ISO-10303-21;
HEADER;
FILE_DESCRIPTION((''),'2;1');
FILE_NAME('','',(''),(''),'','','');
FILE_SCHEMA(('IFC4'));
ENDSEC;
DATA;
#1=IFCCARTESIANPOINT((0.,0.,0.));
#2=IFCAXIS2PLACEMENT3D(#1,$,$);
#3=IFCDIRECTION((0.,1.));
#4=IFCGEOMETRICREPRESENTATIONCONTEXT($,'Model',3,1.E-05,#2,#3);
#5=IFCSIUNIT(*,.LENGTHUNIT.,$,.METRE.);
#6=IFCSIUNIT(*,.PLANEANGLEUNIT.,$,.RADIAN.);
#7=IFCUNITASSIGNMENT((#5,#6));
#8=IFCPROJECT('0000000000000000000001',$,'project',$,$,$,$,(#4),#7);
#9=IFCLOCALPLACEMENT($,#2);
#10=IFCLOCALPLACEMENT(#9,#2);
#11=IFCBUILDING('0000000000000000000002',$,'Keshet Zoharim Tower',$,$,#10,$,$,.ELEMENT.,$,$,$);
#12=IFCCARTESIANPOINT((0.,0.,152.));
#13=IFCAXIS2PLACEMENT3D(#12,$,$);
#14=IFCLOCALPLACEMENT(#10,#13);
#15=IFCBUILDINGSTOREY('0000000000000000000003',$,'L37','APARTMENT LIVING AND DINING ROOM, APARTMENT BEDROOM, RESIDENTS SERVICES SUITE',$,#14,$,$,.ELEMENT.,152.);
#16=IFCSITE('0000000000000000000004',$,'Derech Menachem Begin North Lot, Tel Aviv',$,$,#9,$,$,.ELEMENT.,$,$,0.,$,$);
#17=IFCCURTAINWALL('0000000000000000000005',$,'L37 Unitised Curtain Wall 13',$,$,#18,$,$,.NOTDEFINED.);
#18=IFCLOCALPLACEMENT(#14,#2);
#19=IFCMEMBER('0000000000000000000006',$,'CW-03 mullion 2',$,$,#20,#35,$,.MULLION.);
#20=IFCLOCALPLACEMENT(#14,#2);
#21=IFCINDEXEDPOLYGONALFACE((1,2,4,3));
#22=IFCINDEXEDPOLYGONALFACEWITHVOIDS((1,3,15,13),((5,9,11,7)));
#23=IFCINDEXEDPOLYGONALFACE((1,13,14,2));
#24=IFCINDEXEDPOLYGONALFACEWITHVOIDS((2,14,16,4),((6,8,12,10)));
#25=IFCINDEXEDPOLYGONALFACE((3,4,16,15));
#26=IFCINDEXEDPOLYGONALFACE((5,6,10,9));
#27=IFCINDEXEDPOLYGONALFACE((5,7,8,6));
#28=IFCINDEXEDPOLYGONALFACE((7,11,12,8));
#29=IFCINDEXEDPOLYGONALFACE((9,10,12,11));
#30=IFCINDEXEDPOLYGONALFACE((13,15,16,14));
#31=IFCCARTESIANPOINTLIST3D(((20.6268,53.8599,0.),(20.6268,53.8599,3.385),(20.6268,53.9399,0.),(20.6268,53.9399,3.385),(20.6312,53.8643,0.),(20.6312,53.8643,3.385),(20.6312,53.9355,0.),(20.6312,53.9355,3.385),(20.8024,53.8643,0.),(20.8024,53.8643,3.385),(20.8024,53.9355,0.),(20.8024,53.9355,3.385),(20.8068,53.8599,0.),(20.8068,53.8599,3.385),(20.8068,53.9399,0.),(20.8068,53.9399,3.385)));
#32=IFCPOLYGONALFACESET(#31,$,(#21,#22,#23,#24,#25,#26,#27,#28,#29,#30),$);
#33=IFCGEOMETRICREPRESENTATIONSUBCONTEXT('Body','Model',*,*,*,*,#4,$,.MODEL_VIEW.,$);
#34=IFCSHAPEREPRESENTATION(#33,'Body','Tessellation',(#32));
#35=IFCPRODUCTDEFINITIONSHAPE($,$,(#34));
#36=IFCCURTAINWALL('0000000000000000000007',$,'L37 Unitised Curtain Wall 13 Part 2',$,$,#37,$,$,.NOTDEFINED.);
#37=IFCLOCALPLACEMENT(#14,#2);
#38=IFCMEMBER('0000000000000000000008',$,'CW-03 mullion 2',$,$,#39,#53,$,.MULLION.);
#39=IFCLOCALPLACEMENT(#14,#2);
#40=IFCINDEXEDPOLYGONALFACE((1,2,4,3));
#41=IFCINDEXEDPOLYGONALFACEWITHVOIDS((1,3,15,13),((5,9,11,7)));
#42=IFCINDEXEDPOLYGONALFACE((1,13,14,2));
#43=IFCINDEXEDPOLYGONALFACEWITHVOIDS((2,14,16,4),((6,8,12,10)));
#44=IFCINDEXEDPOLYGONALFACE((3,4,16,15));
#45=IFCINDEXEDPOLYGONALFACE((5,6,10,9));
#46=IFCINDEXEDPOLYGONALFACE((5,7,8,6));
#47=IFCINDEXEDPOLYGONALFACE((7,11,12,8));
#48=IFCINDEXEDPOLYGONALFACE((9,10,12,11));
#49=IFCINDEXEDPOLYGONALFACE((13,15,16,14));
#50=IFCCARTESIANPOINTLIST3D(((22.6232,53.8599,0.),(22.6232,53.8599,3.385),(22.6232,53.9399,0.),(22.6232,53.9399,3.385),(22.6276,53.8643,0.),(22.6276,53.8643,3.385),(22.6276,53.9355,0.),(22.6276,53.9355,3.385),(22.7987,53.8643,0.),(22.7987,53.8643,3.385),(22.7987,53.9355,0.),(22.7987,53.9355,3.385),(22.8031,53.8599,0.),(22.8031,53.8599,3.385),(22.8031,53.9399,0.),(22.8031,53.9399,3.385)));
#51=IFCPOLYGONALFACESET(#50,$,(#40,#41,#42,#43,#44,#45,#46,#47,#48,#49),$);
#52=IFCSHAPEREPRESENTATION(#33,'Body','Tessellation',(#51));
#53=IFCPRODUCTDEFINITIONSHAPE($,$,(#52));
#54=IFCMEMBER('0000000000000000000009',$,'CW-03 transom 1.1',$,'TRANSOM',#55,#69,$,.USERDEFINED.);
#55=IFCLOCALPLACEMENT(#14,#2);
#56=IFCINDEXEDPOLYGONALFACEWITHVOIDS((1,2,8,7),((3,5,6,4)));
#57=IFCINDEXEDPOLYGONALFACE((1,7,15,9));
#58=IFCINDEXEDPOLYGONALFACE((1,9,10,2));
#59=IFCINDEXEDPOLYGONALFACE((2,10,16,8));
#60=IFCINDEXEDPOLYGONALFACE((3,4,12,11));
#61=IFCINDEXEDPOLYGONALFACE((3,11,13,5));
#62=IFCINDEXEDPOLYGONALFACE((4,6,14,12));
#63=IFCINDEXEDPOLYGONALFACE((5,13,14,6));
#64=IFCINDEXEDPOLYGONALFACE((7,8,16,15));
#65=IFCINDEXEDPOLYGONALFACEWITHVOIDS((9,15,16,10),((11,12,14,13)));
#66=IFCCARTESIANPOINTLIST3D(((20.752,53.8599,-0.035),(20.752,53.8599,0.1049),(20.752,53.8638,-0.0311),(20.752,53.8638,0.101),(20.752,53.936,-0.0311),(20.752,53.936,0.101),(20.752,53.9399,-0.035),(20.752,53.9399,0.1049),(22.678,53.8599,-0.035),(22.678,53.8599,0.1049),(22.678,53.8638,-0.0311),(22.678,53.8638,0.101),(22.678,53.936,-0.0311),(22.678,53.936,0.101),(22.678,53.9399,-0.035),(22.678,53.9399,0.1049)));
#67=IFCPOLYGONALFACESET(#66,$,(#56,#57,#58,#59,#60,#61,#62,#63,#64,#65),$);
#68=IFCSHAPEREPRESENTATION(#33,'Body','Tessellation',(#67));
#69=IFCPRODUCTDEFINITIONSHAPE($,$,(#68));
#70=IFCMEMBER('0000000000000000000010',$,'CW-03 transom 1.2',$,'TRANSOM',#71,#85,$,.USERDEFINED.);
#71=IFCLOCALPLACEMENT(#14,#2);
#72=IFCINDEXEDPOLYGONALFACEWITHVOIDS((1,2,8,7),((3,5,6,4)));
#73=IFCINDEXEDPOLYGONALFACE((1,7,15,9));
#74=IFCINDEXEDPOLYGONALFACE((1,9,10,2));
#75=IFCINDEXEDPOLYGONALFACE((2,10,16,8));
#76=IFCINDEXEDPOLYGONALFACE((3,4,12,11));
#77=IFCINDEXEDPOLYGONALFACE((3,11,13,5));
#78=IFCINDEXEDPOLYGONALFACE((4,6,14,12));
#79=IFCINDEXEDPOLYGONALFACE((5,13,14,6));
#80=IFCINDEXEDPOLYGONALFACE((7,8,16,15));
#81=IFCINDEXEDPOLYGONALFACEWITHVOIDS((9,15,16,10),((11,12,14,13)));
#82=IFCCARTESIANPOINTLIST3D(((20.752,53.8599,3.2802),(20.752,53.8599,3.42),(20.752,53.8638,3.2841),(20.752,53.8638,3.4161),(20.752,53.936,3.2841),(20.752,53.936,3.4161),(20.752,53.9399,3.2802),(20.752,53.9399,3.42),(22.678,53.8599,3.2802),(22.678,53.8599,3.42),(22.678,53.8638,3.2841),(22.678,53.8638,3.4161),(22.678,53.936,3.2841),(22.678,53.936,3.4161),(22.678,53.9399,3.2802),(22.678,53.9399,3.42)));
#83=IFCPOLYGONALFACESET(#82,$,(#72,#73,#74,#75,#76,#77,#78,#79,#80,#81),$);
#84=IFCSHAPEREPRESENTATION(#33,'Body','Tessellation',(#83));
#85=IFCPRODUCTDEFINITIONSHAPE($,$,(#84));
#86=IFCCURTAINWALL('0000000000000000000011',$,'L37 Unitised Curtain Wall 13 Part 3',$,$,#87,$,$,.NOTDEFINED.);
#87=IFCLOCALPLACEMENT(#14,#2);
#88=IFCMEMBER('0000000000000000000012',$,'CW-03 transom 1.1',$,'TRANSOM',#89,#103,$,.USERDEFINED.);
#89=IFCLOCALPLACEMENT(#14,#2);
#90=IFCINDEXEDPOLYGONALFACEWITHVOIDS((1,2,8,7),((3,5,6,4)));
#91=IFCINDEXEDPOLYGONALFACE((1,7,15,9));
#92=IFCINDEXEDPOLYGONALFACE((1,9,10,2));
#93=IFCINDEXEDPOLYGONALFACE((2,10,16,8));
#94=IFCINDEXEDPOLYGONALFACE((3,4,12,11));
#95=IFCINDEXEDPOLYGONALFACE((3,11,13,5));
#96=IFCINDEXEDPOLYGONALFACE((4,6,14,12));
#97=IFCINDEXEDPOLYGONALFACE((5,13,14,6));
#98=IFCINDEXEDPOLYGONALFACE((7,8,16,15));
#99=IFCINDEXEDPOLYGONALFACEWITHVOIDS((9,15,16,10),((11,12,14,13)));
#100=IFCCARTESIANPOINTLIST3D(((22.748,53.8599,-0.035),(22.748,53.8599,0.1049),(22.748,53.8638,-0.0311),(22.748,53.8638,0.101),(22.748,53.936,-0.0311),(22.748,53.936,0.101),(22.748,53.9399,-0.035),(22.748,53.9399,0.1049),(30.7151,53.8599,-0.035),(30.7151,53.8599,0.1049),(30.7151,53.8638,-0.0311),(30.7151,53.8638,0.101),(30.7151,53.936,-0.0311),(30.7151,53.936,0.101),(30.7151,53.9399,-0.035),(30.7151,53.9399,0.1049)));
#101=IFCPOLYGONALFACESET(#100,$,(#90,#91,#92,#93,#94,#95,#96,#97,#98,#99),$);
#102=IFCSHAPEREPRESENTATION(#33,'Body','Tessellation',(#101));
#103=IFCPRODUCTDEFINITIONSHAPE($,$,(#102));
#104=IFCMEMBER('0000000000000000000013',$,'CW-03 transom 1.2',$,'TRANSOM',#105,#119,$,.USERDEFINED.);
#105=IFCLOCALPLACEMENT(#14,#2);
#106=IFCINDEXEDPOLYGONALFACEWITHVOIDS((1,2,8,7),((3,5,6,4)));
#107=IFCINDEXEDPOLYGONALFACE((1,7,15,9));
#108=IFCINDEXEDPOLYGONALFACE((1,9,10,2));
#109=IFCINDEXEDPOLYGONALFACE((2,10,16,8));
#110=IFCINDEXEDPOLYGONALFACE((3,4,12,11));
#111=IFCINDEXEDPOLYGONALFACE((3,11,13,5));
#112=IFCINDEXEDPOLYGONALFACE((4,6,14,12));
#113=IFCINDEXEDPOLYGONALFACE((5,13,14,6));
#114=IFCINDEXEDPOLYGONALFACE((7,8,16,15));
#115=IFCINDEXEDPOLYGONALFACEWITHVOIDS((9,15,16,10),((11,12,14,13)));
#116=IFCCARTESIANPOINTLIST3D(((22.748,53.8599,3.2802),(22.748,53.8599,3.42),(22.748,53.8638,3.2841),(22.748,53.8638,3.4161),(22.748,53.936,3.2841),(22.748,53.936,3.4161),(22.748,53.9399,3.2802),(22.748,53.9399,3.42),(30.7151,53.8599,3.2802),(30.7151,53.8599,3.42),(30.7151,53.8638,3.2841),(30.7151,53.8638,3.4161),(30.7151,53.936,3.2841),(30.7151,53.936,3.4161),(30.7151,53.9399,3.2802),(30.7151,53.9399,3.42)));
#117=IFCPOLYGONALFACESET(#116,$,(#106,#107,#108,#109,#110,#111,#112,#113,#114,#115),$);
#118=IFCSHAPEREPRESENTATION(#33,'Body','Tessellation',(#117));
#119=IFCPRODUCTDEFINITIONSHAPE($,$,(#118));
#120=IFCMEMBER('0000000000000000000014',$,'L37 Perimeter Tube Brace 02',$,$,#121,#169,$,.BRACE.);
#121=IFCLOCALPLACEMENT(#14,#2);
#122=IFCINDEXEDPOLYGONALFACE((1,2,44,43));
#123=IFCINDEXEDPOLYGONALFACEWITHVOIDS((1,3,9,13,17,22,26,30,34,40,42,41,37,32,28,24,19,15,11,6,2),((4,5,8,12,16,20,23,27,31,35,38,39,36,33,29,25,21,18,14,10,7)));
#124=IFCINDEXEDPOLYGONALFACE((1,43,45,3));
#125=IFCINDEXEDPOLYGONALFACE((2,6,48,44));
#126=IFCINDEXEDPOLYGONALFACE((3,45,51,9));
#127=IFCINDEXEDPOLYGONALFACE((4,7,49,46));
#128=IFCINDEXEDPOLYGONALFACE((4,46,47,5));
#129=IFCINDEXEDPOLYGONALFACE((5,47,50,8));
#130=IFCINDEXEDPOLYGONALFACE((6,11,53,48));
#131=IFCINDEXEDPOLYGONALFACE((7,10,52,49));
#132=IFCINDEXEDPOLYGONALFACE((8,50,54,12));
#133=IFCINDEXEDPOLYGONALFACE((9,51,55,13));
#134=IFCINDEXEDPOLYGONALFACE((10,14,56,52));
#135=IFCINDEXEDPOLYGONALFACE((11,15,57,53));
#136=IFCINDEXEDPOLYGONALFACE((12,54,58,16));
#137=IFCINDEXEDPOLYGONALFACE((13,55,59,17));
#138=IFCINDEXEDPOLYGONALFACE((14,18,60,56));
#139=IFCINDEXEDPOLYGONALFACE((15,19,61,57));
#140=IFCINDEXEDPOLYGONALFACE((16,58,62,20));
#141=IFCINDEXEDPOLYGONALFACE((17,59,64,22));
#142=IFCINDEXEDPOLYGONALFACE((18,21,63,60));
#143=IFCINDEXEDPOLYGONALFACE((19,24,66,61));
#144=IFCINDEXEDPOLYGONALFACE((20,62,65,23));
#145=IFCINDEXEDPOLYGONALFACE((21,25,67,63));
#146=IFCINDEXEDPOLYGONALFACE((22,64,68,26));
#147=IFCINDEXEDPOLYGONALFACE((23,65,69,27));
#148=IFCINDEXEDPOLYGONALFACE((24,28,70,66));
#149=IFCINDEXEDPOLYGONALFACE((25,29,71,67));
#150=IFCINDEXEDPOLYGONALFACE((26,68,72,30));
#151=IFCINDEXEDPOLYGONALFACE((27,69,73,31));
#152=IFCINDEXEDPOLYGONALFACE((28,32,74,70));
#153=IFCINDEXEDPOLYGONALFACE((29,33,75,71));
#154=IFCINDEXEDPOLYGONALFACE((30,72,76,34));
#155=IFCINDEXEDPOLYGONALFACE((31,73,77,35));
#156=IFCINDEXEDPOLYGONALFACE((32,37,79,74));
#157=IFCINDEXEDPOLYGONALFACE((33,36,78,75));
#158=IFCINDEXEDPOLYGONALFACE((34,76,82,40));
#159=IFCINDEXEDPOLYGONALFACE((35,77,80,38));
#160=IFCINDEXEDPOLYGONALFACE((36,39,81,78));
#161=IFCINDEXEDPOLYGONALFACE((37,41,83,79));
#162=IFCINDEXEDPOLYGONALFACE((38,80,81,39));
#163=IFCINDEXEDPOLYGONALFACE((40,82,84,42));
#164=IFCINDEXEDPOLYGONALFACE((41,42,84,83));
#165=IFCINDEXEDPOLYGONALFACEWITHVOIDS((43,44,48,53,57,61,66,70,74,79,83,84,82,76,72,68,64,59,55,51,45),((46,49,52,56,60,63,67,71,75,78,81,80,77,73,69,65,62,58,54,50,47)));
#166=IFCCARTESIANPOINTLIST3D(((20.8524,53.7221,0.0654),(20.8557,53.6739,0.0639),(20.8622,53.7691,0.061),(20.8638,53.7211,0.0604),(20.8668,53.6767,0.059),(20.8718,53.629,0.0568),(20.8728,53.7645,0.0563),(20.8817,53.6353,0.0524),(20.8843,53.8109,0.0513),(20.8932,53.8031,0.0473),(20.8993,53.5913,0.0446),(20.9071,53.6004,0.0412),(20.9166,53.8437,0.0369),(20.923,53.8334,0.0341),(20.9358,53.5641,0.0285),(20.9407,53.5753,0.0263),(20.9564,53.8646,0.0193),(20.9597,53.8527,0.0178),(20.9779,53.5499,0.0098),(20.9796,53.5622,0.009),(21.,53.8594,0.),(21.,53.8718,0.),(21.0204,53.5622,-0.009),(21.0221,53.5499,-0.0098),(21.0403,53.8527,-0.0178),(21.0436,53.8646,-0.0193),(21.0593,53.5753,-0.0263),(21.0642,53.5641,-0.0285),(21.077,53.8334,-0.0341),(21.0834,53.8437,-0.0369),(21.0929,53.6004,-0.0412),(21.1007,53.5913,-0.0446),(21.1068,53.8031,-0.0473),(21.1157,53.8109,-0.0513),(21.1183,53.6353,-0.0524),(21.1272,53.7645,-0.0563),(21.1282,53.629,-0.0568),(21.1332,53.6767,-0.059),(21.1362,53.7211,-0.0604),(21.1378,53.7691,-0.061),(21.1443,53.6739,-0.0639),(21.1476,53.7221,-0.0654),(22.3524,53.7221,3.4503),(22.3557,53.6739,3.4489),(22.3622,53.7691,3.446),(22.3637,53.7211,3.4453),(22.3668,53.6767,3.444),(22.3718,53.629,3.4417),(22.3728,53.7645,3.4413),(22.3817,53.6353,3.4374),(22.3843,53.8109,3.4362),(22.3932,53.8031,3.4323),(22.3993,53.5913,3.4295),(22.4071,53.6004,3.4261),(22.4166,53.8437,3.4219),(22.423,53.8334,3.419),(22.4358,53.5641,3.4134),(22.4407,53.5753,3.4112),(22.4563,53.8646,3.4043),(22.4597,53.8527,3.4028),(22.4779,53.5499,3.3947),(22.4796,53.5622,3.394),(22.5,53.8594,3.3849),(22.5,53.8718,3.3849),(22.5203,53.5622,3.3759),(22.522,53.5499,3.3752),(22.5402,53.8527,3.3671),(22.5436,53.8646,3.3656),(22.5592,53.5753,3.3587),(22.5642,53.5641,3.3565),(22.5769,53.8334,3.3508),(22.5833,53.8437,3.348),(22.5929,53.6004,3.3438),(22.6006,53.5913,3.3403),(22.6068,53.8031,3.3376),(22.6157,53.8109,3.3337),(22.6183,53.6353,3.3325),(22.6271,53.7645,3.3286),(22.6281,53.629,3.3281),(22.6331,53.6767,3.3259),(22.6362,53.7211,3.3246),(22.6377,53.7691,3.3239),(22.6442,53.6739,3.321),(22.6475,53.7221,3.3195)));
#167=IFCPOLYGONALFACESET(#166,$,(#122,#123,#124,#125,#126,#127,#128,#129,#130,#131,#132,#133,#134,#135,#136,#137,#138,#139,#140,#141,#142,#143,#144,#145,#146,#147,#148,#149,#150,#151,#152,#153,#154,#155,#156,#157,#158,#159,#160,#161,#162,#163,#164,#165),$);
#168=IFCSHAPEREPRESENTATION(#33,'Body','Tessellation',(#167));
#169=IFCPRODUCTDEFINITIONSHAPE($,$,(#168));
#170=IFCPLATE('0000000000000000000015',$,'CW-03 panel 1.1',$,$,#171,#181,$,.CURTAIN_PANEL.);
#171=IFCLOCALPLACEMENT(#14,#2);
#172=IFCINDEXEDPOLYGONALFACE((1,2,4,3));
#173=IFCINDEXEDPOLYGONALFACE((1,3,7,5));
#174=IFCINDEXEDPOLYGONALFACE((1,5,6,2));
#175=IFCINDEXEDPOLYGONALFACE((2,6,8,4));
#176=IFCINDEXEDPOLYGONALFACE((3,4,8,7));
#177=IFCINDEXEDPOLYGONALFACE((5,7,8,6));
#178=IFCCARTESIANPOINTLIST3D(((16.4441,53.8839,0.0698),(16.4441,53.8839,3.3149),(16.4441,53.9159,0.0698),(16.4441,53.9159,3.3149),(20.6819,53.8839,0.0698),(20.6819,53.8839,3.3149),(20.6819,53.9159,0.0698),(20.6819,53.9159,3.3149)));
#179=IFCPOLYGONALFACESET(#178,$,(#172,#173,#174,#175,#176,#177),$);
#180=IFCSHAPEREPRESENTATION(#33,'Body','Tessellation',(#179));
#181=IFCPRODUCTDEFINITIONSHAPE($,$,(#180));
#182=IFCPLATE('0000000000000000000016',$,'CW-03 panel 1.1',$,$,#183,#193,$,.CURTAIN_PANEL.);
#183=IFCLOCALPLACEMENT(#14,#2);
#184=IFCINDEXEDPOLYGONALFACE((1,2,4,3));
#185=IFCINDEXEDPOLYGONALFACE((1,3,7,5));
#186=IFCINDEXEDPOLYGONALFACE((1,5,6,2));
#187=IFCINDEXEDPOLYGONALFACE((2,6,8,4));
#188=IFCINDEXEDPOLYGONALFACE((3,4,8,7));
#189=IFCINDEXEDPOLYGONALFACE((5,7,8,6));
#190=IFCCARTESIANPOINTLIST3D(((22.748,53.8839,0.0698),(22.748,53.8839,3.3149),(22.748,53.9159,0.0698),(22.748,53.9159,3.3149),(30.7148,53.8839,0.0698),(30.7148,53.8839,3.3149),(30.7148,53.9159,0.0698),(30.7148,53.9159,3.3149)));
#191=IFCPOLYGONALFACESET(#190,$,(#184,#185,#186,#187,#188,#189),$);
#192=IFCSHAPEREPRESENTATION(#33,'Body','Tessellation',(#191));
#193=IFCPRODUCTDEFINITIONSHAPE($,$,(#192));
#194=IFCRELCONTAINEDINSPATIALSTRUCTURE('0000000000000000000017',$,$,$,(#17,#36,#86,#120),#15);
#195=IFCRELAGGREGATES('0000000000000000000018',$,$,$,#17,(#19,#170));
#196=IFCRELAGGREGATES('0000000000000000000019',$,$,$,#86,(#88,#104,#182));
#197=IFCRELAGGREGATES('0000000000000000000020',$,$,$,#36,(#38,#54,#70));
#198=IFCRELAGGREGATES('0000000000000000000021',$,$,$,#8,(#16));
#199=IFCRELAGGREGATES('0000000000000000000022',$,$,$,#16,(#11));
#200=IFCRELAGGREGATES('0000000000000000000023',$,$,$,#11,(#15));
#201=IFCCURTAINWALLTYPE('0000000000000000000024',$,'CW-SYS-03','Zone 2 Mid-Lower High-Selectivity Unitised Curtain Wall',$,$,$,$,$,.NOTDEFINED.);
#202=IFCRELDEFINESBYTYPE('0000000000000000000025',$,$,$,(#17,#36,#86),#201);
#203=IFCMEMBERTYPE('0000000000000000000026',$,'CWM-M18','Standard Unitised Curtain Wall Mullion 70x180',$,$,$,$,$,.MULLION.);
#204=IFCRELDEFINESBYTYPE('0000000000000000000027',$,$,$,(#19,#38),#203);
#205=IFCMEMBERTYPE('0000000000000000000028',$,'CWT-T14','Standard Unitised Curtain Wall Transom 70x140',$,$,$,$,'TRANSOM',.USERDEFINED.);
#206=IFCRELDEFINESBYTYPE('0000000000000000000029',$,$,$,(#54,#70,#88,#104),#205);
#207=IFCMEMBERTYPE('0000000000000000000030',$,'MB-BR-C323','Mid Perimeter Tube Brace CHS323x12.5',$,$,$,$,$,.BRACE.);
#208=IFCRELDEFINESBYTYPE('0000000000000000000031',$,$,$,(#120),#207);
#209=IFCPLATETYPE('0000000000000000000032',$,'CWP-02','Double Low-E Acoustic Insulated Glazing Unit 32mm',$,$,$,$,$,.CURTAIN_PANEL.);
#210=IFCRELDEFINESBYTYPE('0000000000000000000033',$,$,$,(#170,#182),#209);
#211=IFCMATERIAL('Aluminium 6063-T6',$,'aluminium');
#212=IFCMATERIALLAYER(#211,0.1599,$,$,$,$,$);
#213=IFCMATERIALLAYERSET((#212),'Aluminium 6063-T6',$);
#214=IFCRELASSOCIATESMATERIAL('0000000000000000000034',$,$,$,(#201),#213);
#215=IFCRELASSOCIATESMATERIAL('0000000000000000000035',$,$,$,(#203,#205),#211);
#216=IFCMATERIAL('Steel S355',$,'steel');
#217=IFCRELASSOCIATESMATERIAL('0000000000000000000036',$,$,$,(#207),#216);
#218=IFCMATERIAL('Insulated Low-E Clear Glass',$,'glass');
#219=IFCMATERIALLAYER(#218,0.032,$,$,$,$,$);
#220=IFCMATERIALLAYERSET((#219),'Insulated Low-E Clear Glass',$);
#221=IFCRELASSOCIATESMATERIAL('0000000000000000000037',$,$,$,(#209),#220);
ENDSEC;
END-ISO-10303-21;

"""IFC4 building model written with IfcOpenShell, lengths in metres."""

from ifc_helpers import new_model, si_unit, direction, frame, origin, origin_2d, place, context, subcontext, project, spatial, rectangle, hollow_rectangle, hollow_circle, extrude, material, layer, layer_set, material_profile, profile_set, type_object, element, aggregate, save


model = new_model("IFC4")

# Units and contexts
model_context = context("Model", 3, precision=1e-05, world=origin(), true_north=direction((0.0, 1.0)))
body_context = subcontext(model_context, "Body", "Model", "MODEL_VIEW")
ifc_project = project(units=[si_unit("LENGTHUNIT", "METRE"), si_unit("PLANEANGLEUNIT", "RADIAN")], contexts=[model_context])

# Site, building, storey
site_placement = place(None, origin())
site = spatial("IfcSite", under=ifc_project, at=site_placement, Name="Derech Menachem Begin North Lot, Tel Aviv", CompositionType="ELEMENT", RefElevation=0.0)
building_placement = place(site_placement, origin())
building = spatial("IfcBuilding", under=site, at=building_placement, Name="Keshet Zoharim Tower", CompositionType="ELEMENT")
storey_placement = place(building_placement, frame((0.0, 0.0, 152.0)))
storey = spatial("IfcBuildingStorey", under=building, at=storey_placement, Name="L37", Description="APARTMENT LIVING AND DINING ROOM, APARTMENT BEDROOM, RESIDENTS SERVICES SUITE", CompositionType="ELEMENT", Elevation=152.0)

# Shared definitions
ifc_material_1 = material(Name="Steel S355", Category="steel")

# Curtain wall, member
ifc_material_2 = material(Name="Aluminium 6063-T6", Category="aluminium")
ifc_layer_1 = layer(ifc_material_2, 0.1599)
ifc_layer_set_1 = layer_set([ifc_layer_1], Name="Aluminium 6063-T6")
curtain_wall_type = type_object("IfcCurtainWallType", Name="CW-SYS-03", Description="Zone 2 Mid-Lower High-Selectivity Unitised Curtain Wall", PredefinedType="NOTDEFINED", material=ifc_layer_set_1)
curtain_wall_1_placement = place(storey_placement, origin())
curtain_wall_1 = element("IfcCurtainWall", 1, at=curtain_wall_1_placement, inside=storey, type_object=curtain_wall_type, Name="L37 Unitised Curtain Wall 13", PredefinedType="NOTDEFINED")
ifc_material_profile_1 = material_profile(ifc_material_2, hollow_rectangle(XDim=0.0801, YDim=0.1799, WallThickness=0.0044, at=origin_2d()), Name="MUL-80x180")
ifc_profile_set_1 = profile_set([ifc_material_profile_1], Name="Aluminium 6063-T6")
member_type_1 = type_object("IfcMemberType", Name="CWM-M18", Description="Standard Unitised Curtain Wall Mullion 70x180", PredefinedType="MULLION", material=ifc_profile_set_1)
member_1_placement = place(storey_placement, frame((20.7168, 53.8999, 0.0), z_axis=(0.0, 0.0, 1.0), x_axis=(0.0, 1.0, 0.0)))
member_1 = element("IfcMember", 2, at=member_1_placement, type_object=member_type_1, Name="CW-03 mullion 2", PredefinedType="MULLION", context=body_context, shape_type="SweptSolid", body=[
    extrude(hollow_rectangle(XDim=0.0801, YDim=0.1799, WallThickness=0.0044, at=origin_2d()), origin(), (0.0, 0.0, 1.0), 3.385),
])

# Curtain walls, members
curtain_wall_2_placement = place(storey_placement, origin())
curtain_wall_2 = element("IfcCurtainWall", 3, at=curtain_wall_2_placement, inside=storey, type_object=curtain_wall_type, Name="L37 Unitised Curtain Wall 13 Part 2", PredefinedType="NOTDEFINED")
member_2_placement = place(storey_placement, frame((22.7131, 53.8999, 0.0), z_axis=(0.0, 0.0, 1.0), x_axis=(0.0, 1.0, 0.0)))
member_2 = element("IfcMember", 4, at=member_2_placement, type_object=member_type_1, Name="CW-03 mullion 2", PredefinedType="MULLION", context=body_context, shape_type="SweptSolid", body=[
    extrude(hollow_rectangle(XDim=0.0801, YDim=0.1799, WallThickness=0.0044, at=origin_2d()), origin(), (0.0, 0.0, 1.0), 3.385),
])
ifc_material_profile_2 = material_profile(ifc_material_2, hollow_rectangle(XDim=0.0801, YDim=0.1399, WallThickness=0.0039, at=origin_2d()), Name="TRN-80x140")
ifc_profile_set_2 = profile_set([ifc_material_profile_2], Name="Aluminium 6063-T6")
member_type_2 = type_object("IfcMemberType", Name="CWT-T14", Description="Standard Unitised Curtain Wall Transom 70x140", ElementType="TRANSOM", PredefinedType="USERDEFINED", material=ifc_profile_set_2)
member_3_placement = place(storey_placement, frame((20.752, 53.8999, 0.0349), z_axis=(1.0, 0.0, 0.0), x_axis=(0.0, 1.0, 0.0)))
member_3 = element("IfcMember", 5, at=member_3_placement, type_object=member_type_2, Name="CW-03 transom 1.1", ObjectType="TRANSOM", PredefinedType="USERDEFINED", context=body_context, shape_type="SweptSolid", body=[
    extrude(hollow_rectangle(XDim=0.0801, YDim=0.1399, WallThickness=0.0039, at=origin_2d()), origin(), (0.0, 0.0, 1.0), 1.926),
])
member_4_placement = place(storey_placement, frame((20.752, 53.8999, 3.3501), z_axis=(1.0, 0.0, 0.0), x_axis=(0.0, 1.0, 0.0)))
member_4 = element("IfcMember", 6, at=member_4_placement, type_object=member_type_2, Name="CW-03 transom 1.2", ObjectType="TRANSOM", PredefinedType="USERDEFINED", context=body_context, shape_type="SweptSolid", body=[
    extrude(hollow_rectangle(XDim=0.0801, YDim=0.1399, WallThickness=0.0039, at=origin_2d()), origin(), (0.0, 0.0, 1.0), 1.926),
])
curtain_wall_3_placement = place(storey_placement, origin())
curtain_wall_3 = element("IfcCurtainWall", 7, at=curtain_wall_3_placement, inside=storey, type_object=curtain_wall_type, Name="L37 Unitised Curtain Wall 13 Part 3", PredefinedType="NOTDEFINED")
member_5_placement = place(storey_placement, frame((22.748, 53.8999, 0.0349), z_axis=(1.0, 0.0, 0.0), x_axis=(0.0, 1.0, 0.0)))
member_5 = element("IfcMember", 8, at=member_5_placement, type_object=member_type_2, Name="CW-03 transom 1.1", ObjectType="TRANSOM", PredefinedType="USERDEFINED", context=body_context, shape_type="SweptSolid", body=[
    extrude(hollow_rectangle(XDim=0.0801, YDim=0.1399, WallThickness=0.0039, at=origin_2d()), origin(), (0.0, 0.0, 1.0), 7.967),
])
member_6_placement = place(storey_placement, frame((22.748, 53.8999, 3.3501), z_axis=(1.0, 0.0, 0.0), x_axis=(0.0, 1.0, 0.0)))
member_6 = element("IfcMember", 9, at=member_6_placement, type_object=member_type_2, Name="CW-03 transom 1.2", ObjectType="TRANSOM", PredefinedType="USERDEFINED", context=body_context, shape_type="SweptSolid", body=[
    extrude(hollow_rectangle(XDim=0.0801, YDim=0.1399, WallThickness=0.0039, at=origin_2d()), origin(), (0.0, 0.0, 1.0), 7.967),
])

# Member
ifc_material_profile_3 = material_profile(ifc_material_1, hollow_circle(Radius=0.1619, WallThickness=0.0125, at=origin_2d()), Name="CHS323x12.5")
ifc_profile_set_3 = profile_set([ifc_material_profile_3], Name="Steel S355")
member_type_3 = type_object("IfcMemberType", Name="MB-BR-C323", Description="Mid Perimeter Tube Brace CHS323x12.5", PredefinedType="BRACE", material=ifc_profile_set_3)
member_7_placement = place(storey_placement, frame((21.0, 53.71, 0.0), z_axis=(0.405135, 0.0, 0.914257), x_axis=(0.0, 1.0, 0.0)))
element("IfcMember", 10, at=member_7_placement, inside=storey, type_object=member_type_3, Name="L37 Perimeter Tube Brace 02", PredefinedType="BRACE", context=body_context, shape_type="SweptSolid", body=[
    extrude(hollow_circle(Radius=0.1619, WallThickness=0.0125, at=origin_2d()), origin(), (0.0, 0.0, 1.0), 3.7024),
])

# Plates
ifc_material_3 = material(Name="Insulated Low-E Clear Glass", Category="glass")
ifc_layer_2 = layer(ifc_material_3, 0.032)
ifc_layer_set_2 = layer_set([ifc_layer_2], Name="Insulated Low-E Clear Glass")
plate_type_1 = type_object("IfcPlateType", Name="CWP-02", Description="Double Low-E Acoustic Insulated Glazing Unit 32mm", PredefinedType="CURTAIN_PANEL", material=ifc_layer_set_2)
plate_1_placement = place(storey_placement, frame((18.563, 53.8999, 0.0698), z_axis=(0.0, 0.0, 1.0), x_axis=(1.0, 0.0, 0.0)))
plate_1 = element("IfcPlate", 11, at=plate_1_placement, type_object=plate_type_1, Name="CW-03 panel 1.1", PredefinedType="CURTAIN_PANEL", context=body_context, shape_type="SweptSolid", body=[
    extrude(rectangle(XDim=4.2378, YDim=0.032, at=origin_2d()), origin(), (0.0, 0.0, 1.0), 3.2451),
])
aggregate(curtain_wall_1, [member_1, plate_1])
plate_2_placement = place(storey_placement, frame((26.7314, 53.8999, 0.0698), z_axis=(0.0, 0.0, 1.0), x_axis=(1.0, 0.0, 0.0)))
plate_2 = element("IfcPlate", 12, at=plate_2_placement, type_object=plate_type_1, Name="CW-03 panel 1.1", PredefinedType="CURTAIN_PANEL", context=body_context, shape_type="SweptSolid", body=[
    extrude(rectangle(XDim=7.9668, YDim=0.032, at=origin_2d()), origin(), (0.0, 0.0, 1.0), 3.2451),
])
aggregate(curtain_wall_3, [member_5, member_6, plate_2])
aggregate(curtain_wall_2, [member_2, member_3, member_4])

save(model, "model.ifc")
